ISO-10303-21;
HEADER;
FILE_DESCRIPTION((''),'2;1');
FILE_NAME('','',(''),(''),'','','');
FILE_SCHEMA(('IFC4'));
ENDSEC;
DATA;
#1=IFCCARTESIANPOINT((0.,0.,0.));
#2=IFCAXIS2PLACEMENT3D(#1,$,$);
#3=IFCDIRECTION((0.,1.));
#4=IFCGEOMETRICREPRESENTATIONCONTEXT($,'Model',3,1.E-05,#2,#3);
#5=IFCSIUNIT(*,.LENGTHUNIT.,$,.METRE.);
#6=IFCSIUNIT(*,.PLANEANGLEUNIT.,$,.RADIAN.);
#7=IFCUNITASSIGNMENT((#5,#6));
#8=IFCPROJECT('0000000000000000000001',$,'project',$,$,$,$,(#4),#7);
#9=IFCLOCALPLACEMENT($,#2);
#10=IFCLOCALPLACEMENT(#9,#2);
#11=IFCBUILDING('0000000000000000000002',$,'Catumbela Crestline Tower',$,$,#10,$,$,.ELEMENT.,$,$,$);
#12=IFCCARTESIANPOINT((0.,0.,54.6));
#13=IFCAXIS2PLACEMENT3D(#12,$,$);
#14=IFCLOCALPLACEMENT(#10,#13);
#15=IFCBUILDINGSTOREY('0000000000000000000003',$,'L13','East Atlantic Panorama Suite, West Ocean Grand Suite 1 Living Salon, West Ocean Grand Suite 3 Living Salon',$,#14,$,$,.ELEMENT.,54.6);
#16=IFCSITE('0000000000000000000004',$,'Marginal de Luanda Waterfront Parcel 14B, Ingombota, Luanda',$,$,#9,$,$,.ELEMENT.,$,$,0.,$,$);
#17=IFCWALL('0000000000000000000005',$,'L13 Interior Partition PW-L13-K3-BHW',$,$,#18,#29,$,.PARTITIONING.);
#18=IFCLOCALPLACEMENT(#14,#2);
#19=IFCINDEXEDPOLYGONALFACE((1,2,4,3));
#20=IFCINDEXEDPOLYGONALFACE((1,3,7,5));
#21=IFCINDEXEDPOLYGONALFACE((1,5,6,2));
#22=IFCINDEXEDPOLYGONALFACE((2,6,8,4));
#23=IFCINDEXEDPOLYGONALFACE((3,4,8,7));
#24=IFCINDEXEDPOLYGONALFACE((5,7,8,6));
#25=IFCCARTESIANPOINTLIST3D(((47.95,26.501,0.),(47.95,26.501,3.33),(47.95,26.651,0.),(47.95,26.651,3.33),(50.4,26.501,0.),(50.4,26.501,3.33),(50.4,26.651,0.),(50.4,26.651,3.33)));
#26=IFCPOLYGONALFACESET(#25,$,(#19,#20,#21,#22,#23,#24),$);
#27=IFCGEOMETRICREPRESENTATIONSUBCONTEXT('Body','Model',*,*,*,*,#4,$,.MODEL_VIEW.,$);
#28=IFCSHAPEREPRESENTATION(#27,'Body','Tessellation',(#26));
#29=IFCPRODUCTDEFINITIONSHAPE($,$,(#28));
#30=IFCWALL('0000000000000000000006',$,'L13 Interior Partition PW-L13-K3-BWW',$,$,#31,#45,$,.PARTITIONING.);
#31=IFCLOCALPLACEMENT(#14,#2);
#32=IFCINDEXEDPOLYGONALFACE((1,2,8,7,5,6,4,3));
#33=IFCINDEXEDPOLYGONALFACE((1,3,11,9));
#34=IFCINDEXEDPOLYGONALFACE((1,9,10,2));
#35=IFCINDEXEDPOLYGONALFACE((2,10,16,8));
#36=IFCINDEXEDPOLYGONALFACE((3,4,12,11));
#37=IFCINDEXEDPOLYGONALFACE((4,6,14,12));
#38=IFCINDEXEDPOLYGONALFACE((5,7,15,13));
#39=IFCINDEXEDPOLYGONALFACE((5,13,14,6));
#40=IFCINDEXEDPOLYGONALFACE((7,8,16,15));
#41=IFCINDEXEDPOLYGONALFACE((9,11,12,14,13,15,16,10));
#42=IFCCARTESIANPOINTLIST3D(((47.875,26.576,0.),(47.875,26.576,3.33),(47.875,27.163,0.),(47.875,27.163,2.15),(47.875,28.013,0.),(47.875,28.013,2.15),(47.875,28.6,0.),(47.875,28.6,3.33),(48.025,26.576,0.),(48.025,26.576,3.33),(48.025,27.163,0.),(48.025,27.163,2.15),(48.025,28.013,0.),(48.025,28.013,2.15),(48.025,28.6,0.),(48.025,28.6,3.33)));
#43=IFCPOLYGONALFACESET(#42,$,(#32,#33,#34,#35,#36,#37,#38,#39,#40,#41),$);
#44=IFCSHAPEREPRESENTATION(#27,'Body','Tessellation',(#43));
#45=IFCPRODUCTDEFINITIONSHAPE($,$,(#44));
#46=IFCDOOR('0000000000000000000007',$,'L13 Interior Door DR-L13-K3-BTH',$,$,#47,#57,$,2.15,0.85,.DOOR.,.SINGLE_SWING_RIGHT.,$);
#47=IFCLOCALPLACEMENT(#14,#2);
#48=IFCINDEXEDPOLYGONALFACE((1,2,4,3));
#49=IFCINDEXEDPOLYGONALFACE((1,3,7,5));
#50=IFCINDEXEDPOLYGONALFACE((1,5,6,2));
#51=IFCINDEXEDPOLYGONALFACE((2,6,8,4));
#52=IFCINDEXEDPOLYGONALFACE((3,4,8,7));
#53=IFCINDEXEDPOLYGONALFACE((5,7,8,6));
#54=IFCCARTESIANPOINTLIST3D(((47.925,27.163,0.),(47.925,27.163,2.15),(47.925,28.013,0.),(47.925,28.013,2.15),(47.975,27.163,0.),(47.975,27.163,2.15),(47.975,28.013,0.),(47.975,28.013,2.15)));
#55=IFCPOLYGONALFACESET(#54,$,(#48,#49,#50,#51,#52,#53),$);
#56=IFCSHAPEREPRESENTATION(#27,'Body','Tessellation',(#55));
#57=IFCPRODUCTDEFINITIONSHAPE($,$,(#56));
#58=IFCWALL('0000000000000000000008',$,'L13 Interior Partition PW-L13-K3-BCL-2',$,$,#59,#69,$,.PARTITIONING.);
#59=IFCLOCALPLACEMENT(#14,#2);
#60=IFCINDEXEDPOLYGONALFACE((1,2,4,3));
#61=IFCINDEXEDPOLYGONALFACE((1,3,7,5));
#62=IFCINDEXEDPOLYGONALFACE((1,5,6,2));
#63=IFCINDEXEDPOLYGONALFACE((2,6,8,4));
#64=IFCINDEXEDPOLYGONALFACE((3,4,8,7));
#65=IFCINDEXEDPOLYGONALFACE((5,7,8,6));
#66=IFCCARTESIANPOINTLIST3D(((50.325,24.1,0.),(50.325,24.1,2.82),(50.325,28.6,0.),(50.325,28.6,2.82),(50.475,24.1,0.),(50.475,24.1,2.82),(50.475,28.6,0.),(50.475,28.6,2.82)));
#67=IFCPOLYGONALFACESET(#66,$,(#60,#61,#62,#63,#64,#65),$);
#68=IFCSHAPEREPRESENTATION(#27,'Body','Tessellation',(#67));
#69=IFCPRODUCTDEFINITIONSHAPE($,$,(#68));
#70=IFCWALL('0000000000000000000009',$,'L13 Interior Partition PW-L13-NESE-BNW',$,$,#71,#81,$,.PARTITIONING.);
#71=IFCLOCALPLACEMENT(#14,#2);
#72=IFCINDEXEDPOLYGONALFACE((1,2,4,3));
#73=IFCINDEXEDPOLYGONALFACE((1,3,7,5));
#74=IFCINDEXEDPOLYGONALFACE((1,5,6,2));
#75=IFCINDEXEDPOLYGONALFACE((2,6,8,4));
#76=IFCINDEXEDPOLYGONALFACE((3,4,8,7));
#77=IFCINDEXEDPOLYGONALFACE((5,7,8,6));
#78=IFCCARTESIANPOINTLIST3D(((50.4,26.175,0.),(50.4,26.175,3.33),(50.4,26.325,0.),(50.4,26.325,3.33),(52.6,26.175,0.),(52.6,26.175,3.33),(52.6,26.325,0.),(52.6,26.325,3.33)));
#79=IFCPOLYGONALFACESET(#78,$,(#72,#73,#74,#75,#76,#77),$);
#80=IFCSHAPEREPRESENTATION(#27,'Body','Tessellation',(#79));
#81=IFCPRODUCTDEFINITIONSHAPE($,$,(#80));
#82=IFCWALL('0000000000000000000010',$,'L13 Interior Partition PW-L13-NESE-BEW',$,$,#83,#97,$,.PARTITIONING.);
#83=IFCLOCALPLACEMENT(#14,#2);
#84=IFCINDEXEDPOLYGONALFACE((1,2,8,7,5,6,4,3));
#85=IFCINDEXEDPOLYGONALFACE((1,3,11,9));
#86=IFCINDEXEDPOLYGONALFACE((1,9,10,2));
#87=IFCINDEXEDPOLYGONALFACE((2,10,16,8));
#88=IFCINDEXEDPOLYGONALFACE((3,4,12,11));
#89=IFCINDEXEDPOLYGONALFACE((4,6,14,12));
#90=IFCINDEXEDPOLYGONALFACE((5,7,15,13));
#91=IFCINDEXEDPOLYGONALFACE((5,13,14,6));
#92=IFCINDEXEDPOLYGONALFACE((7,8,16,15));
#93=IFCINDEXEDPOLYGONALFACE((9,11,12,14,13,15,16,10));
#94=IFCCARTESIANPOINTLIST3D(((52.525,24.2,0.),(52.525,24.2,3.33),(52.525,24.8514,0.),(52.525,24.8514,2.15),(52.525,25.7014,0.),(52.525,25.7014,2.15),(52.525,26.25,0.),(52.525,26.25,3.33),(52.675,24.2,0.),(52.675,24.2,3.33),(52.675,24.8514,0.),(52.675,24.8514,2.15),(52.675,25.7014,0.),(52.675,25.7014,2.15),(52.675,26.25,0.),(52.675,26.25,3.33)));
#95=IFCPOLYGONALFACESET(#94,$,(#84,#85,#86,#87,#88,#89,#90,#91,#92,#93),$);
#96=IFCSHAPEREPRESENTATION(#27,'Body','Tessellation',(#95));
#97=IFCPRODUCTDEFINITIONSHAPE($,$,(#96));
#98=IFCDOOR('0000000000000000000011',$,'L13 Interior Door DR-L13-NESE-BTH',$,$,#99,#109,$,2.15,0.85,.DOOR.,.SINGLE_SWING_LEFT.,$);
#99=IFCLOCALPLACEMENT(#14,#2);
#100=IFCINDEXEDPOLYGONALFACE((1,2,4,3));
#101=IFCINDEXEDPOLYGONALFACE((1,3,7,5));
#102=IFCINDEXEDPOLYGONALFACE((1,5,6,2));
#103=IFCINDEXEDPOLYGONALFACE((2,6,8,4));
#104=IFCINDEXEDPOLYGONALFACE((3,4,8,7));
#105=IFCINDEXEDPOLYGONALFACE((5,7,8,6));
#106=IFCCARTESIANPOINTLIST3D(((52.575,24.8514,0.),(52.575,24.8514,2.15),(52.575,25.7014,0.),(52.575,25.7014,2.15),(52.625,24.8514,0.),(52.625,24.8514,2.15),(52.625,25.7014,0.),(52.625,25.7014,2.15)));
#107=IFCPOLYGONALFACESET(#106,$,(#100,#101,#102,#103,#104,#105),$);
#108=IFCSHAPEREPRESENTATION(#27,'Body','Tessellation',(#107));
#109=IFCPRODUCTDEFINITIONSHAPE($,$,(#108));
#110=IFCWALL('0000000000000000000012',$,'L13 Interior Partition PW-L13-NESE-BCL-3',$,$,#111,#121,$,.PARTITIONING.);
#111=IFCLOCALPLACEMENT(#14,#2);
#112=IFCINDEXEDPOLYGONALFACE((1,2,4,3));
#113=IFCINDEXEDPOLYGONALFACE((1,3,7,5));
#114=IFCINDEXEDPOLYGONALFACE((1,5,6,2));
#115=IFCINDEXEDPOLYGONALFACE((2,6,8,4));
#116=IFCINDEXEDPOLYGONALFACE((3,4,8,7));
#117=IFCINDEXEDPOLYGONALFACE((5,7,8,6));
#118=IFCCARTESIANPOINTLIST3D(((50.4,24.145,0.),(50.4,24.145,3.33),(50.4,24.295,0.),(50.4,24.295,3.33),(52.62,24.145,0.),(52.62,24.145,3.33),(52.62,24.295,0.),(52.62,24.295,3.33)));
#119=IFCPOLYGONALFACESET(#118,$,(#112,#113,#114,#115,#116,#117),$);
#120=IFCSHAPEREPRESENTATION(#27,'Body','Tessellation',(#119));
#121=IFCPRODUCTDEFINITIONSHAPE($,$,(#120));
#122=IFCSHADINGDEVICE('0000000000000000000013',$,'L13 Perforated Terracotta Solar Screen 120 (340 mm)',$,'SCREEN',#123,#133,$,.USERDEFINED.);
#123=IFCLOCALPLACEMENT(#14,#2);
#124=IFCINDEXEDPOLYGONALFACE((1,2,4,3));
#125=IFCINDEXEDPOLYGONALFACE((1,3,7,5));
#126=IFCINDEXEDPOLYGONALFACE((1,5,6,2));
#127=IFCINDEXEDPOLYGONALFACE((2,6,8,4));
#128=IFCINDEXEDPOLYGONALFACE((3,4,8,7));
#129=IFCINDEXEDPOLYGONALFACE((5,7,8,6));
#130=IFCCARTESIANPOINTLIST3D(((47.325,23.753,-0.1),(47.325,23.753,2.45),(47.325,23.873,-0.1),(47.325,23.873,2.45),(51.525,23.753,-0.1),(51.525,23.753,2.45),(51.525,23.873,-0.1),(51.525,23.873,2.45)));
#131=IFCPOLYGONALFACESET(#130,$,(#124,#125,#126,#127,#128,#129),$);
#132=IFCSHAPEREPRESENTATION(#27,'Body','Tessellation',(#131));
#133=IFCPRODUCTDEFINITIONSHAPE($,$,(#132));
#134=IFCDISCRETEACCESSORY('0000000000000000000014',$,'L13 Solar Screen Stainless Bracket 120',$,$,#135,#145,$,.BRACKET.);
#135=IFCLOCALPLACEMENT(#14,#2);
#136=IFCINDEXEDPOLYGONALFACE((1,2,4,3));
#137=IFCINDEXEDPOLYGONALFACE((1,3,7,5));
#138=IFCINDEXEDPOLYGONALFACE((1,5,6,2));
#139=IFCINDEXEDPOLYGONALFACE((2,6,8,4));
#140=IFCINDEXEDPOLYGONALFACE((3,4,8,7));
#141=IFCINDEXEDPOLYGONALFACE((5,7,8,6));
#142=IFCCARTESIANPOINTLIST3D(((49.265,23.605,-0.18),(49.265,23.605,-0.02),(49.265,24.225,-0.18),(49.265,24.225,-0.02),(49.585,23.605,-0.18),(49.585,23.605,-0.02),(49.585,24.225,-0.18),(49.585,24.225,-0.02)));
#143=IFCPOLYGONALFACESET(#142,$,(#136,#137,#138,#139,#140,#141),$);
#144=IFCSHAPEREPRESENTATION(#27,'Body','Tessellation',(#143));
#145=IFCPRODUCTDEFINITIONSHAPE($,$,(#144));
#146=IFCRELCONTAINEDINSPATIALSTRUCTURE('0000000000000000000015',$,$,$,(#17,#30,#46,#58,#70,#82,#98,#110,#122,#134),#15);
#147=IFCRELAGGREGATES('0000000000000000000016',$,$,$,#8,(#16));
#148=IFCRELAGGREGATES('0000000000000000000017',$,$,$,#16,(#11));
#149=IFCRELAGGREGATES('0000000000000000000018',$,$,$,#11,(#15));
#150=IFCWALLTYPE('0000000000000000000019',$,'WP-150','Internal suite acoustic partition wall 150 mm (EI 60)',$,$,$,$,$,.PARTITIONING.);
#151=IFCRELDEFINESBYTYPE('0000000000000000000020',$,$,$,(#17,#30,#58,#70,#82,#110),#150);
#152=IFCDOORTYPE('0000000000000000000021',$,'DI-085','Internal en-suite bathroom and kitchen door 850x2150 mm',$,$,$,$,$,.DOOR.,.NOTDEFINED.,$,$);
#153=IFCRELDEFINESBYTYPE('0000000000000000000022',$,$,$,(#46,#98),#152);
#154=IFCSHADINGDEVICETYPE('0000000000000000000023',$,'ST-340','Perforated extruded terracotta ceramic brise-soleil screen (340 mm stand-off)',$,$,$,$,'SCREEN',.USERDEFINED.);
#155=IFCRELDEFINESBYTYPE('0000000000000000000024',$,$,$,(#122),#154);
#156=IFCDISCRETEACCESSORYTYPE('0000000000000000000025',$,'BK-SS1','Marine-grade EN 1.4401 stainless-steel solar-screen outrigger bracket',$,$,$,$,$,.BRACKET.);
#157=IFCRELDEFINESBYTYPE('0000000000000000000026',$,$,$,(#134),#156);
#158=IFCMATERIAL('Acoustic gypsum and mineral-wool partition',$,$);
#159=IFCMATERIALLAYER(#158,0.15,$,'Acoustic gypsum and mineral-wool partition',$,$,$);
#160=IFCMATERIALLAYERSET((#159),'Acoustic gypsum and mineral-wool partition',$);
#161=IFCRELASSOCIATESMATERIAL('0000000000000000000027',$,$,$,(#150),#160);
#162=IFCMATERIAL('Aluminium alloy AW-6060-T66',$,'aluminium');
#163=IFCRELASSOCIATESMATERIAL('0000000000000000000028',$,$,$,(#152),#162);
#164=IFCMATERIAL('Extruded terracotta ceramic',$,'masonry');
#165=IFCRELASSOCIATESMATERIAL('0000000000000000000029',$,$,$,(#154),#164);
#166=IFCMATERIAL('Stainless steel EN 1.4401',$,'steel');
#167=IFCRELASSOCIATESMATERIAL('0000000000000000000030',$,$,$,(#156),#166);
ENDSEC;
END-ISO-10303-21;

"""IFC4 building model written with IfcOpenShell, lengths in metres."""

from ifc_helpers import new_model, si_unit, direction, frame, frame_2d, origin, origin_2d, place, context, subcontext, project, spatial, rectangle, extrude, material, layer, layer_set, type_object, element, fill, save


model = new_model("IFC4")

# Units and contexts
model_context = context("Model", 3, precision=1e-05, world=origin(), true_north=direction((0.0, 1.0)))
body_context = subcontext(model_context, "Body", "Model", "MODEL_VIEW")
ifc_project = project(units=[si_unit("LENGTHUNIT", "METRE"), si_unit("PLANEANGLEUNIT", "RADIAN")], contexts=[model_context])

# Site, building, storey
site_placement = place(None, origin())
site = spatial("IfcSite", under=ifc_project, at=site_placement, Name="Marginal de Luanda Waterfront Parcel 14B, Ingombota, Luanda", CompositionType="ELEMENT", RefElevation=0.0)
building_placement = place(site_placement, origin())
building = spatial("IfcBuilding", under=site, at=building_placement, Name="Catumbela Crestline Tower", CompositionType="ELEMENT")
storey_placement = place(building_placement, frame((0.0, 0.0, 54.6)))
storey = spatial("IfcBuildingStorey", under=building, at=storey_placement, Name="L13", Description="East Atlantic Panorama Suite, West Ocean Grand Suite 1 Living Salon, West Ocean Grand Suite 3 Living Salon", CompositionType="ELEMENT", Elevation=54.6)

# Shared definitions
ifc_material_1 = material(Name="Aluminium alloy AW-6060-T66", Category="aluminium")

# Shared definitions
ifc_material_2 = material(Name="Acoustic gypsum and mineral-wool partition")

# Wall
ifc_layer_1 = layer(ifc_material_2, 0.15, Name="Acoustic gypsum and mineral-wool partition")
ifc_layer_set_1 = layer_set([ifc_layer_1], Name="Acoustic gypsum and mineral-wool partition")
wall_type_1 = type_object("IfcWallType", Name="WP-150", Description="Internal suite acoustic partition wall 150 mm (EI 60)", PredefinedType="PARTITIONING", material=ifc_layer_set_1)
wall_1_placement = place(storey_placement, frame((47.95, 26.576, 0.0), z_axis=(0.0, 0.0, 1.0), x_axis=(1.0, 0.0, 0.0)))
element("IfcWall", 1, at=wall_1_placement, inside=storey, type_object=wall_type_1, Name="L13 Interior Partition PW-L13-K3-BHW", PredefinedType="PARTITIONING", context=body_context, shape_type="SweptSolid", body=[
    extrude(rectangle(XDim=2.45, YDim=0.15, at=frame_2d((1.225, 0.0))), origin(), (0.0, 0.0, 1.0), 3.33),
])

# Wall, opening, door
wall_2_placement = place(storey_placement, frame((47.95, 26.576, 0.0), z_axis=(0.0, 0.0, 1.0), x_axis=(0.0, 1.0, 0.0)))
wall_2 = element("IfcWall", 2, at=wall_2_placement, inside=storey, type_object=wall_type_1, Name="L13 Interior Partition PW-L13-K3-BWW", PredefinedType="PARTITIONING", context=body_context, shape_type="SweptSolid", body=[
    extrude(rectangle(XDim=2.024, YDim=0.15, at=frame_2d((1.012, 0.0))), origin(), (0.0, 0.0, 1.0), 3.33),
])
opening_1_placement = place(wall_2_placement, frame((0.587, 0.0, 0.0)))
opening_1 = element("IfcOpeningElement", 3, at=opening_1_placement, cuts=wall_2, PredefinedType="OPENING", context=body_context, shape_type="SweptSolid", body=[
    extrude(rectangle(XDim=0.85, YDim=2.15, at=frame_2d((0.425, 1.075))), frame((0.0, 0.085, 0.0), z_axis=(0.0, -1.0, 0.0), x_axis=(1.0, 0.0, 0.0)), (0.0, 0.0, 1.0), 0.17),
])
door_type_1 = type_object("IfcDoorType", Name="DI-085", Description="Internal en-suite bathroom and kitchen door 850x2150 mm", OperationType="NOTDEFINED", PredefinedType="DOOR", material=ifc_material_1)
door_1_placement = place(opening_1_placement, origin())
door_1 = element("IfcDoor", 4, at=door_1_placement, inside=storey, type_object=door_type_1, Name="L13 Interior Door DR-L13-K3-BTH", OperationType="SINGLE_SWING_RIGHT", OverallHeight=2.15, OverallWidth=0.85, PredefinedType="DOOR", context=body_context, shape_type="SweptSolid", body=[
    extrude(rectangle(XDim=0.85, YDim=2.15, at=frame_2d((0.425, 1.075))), frame((0.0, 0.025, 0.0), z_axis=(0.0, -1.0, 0.0), x_axis=(1.0, 0.0, 0.0)), (0.0, 0.0, 1.0), 0.05),
])
fill(opening_1, door_1)

# Walls
wall_3_placement = place(storey_placement, frame((50.4, 28.6, 0.0), z_axis=(0.0, 0.0, 1.0), x_axis=(0.0, -1.0, 0.0)))
element("IfcWall", 5, at=wall_3_placement, inside=storey, type_object=wall_type_1, Name="L13 Interior Partition PW-L13-K3-BCL-2", PredefinedType="PARTITIONING", context=body_context, shape_type="SweptSolid", body=[
    extrude(rectangle(XDim=4.5, YDim=0.15, at=frame_2d((2.25, 0.0))), origin(), (0.0, 0.0, 1.0), 2.82),
])
wall_4_placement = place(storey_placement, frame((50.4, 26.25, 0.0), z_axis=(0.0, 0.0, 1.0), x_axis=(1.0, 0.0, 0.0)))
element("IfcWall", 6, at=wall_4_placement, inside=storey, type_object=wall_type_1, Name="L13 Interior Partition PW-L13-NESE-BNW", PredefinedType="PARTITIONING", context=body_context, shape_type="SweptSolid", body=[
    extrude(rectangle(XDim=2.2, YDim=0.15, at=frame_2d((1.1, 0.0))), origin(), (0.0, 0.0, 1.0), 3.33),
])

# Wall, opening, door
wall_5_placement = place(storey_placement, frame((52.6, 24.2, 0.0), z_axis=(0.0, 0.0, 1.0), x_axis=(0.0, 1.0, 0.0)))
wall_5 = element("IfcWall", 7, at=wall_5_placement, inside=storey, type_object=wall_type_1, Name="L13 Interior Partition PW-L13-NESE-BEW", PredefinedType="PARTITIONING", context=body_context, shape_type="SweptSolid", body=[
    extrude(rectangle(XDim=2.05, YDim=0.15, at=frame_2d((1.025, 0.0))), origin(), (0.0, 0.0, 1.0), 3.33),
])
opening_2_placement = place(wall_5_placement, frame((0.6514, 0.0, 0.0)))
opening_2 = element("IfcOpeningElement", 8, at=opening_2_placement, cuts=wall_5, PredefinedType="OPENING", context=body_context, shape_type="SweptSolid", body=[
    extrude(rectangle(XDim=0.85, YDim=2.15, at=frame_2d((0.425, 1.075))), frame((0.0, 0.085, 0.0), z_axis=(0.0, -1.0, 0.0), x_axis=(1.0, 0.0, 0.0)), (0.0, 0.0, 1.0), 0.17),
])
door_2_placement = place(opening_2_placement, origin())
door_2 = element("IfcDoor", 9, at=door_2_placement, inside=storey, type_object=door_type_1, Name="L13 Interior Door DR-L13-NESE-BTH", OperationType="SINGLE_SWING_LEFT", OverallHeight=2.15, OverallWidth=0.85, PredefinedType="DOOR", context=body_context, shape_type="SweptSolid", body=[
    extrude(rectangle(XDim=0.85, YDim=2.15, at=frame_2d((0.425, 1.075))), frame((0.0, 0.025, 0.0), z_axis=(0.0, -1.0, 0.0), x_axis=(1.0, 0.0, 0.0)), (0.0, 0.0, 1.0), 0.05),
])
fill(opening_2, door_2)

# Wall
wall_6_placement = place(storey_placement, frame((52.62, 24.22, 0.0), z_axis=(0.0, 0.0, 1.0), x_axis=(-1.0, 0.0, 0.0)))
element("IfcWall", 10, at=wall_6_placement, inside=storey, type_object=wall_type_1, Name="L13 Interior Partition PW-L13-NESE-BCL-3", PredefinedType="PARTITIONING", context=body_context, shape_type="SweptSolid", body=[
    extrude(rectangle(XDim=2.22, YDim=0.15, at=frame_2d((1.11, 0.0))), origin(), (0.0, 0.0, 1.0), 3.33),
])

# Shading device
ifc_material_3 = material(Name="Extruded terracotta ceramic", Category="masonry")
shading_device_type = type_object("IfcShadingDeviceType", Name="ST-340", Description="Perforated extruded terracotta ceramic brise-soleil screen (340 mm stand-off)", ElementType="SCREEN", PredefinedType="USERDEFINED", material=ifc_material_3)
shading_device_placement = place(storey_placement, frame((49.425, 23.813, -0.1), z_axis=(0.0, 0.0, 1.0), x_axis=(1.0, 0.0, 0.0)))
element("IfcShadingDevice", 11, at=shading_device_placement, inside=storey, type_object=shading_device_type, Name="L13 Perforated Terracotta Solar Screen 120 (340 mm)", ObjectType="SCREEN", PredefinedType="USERDEFINED", context=body_context, shape_type="SweptSolid", body=[
    extrude(rectangle(XDim=4.2, YDim=0.12, at=origin_2d()), origin(), (0.0, 0.0, 1.0), 2.55),
])

# Discrete accessory
ifc_material_4 = material(Name="Stainless steel EN 1.4401", Category="steel")
discrete_accessory_type = type_object("IfcDiscreteAccessoryType", Name="BK-SS1", Description="Marine-grade EN 1.4401 stainless-steel solar-screen outrigger bracket", PredefinedType="BRACKET", material=ifc_material_4)
discrete_accessory_placement = place(storey_placement, frame((49.425, 23.915, -0.18), z_axis=(0.0, 0.0, 1.0), x_axis=(1.0, 0.0, 0.0)))
element("IfcDiscreteAccessory", 12, at=discrete_accessory_placement, inside=storey, type_object=discrete_accessory_type, Name="L13 Solar Screen Stainless Bracket 120", PredefinedType="BRACKET", context=body_context, shape_type="SweptSolid", body=[
    extrude(rectangle(XDim=0.32, YDim=0.62, at=origin_2d()), origin(), (0.0, 0.0, 1.0), 0.16),
])

save(model, "model.ifc")
